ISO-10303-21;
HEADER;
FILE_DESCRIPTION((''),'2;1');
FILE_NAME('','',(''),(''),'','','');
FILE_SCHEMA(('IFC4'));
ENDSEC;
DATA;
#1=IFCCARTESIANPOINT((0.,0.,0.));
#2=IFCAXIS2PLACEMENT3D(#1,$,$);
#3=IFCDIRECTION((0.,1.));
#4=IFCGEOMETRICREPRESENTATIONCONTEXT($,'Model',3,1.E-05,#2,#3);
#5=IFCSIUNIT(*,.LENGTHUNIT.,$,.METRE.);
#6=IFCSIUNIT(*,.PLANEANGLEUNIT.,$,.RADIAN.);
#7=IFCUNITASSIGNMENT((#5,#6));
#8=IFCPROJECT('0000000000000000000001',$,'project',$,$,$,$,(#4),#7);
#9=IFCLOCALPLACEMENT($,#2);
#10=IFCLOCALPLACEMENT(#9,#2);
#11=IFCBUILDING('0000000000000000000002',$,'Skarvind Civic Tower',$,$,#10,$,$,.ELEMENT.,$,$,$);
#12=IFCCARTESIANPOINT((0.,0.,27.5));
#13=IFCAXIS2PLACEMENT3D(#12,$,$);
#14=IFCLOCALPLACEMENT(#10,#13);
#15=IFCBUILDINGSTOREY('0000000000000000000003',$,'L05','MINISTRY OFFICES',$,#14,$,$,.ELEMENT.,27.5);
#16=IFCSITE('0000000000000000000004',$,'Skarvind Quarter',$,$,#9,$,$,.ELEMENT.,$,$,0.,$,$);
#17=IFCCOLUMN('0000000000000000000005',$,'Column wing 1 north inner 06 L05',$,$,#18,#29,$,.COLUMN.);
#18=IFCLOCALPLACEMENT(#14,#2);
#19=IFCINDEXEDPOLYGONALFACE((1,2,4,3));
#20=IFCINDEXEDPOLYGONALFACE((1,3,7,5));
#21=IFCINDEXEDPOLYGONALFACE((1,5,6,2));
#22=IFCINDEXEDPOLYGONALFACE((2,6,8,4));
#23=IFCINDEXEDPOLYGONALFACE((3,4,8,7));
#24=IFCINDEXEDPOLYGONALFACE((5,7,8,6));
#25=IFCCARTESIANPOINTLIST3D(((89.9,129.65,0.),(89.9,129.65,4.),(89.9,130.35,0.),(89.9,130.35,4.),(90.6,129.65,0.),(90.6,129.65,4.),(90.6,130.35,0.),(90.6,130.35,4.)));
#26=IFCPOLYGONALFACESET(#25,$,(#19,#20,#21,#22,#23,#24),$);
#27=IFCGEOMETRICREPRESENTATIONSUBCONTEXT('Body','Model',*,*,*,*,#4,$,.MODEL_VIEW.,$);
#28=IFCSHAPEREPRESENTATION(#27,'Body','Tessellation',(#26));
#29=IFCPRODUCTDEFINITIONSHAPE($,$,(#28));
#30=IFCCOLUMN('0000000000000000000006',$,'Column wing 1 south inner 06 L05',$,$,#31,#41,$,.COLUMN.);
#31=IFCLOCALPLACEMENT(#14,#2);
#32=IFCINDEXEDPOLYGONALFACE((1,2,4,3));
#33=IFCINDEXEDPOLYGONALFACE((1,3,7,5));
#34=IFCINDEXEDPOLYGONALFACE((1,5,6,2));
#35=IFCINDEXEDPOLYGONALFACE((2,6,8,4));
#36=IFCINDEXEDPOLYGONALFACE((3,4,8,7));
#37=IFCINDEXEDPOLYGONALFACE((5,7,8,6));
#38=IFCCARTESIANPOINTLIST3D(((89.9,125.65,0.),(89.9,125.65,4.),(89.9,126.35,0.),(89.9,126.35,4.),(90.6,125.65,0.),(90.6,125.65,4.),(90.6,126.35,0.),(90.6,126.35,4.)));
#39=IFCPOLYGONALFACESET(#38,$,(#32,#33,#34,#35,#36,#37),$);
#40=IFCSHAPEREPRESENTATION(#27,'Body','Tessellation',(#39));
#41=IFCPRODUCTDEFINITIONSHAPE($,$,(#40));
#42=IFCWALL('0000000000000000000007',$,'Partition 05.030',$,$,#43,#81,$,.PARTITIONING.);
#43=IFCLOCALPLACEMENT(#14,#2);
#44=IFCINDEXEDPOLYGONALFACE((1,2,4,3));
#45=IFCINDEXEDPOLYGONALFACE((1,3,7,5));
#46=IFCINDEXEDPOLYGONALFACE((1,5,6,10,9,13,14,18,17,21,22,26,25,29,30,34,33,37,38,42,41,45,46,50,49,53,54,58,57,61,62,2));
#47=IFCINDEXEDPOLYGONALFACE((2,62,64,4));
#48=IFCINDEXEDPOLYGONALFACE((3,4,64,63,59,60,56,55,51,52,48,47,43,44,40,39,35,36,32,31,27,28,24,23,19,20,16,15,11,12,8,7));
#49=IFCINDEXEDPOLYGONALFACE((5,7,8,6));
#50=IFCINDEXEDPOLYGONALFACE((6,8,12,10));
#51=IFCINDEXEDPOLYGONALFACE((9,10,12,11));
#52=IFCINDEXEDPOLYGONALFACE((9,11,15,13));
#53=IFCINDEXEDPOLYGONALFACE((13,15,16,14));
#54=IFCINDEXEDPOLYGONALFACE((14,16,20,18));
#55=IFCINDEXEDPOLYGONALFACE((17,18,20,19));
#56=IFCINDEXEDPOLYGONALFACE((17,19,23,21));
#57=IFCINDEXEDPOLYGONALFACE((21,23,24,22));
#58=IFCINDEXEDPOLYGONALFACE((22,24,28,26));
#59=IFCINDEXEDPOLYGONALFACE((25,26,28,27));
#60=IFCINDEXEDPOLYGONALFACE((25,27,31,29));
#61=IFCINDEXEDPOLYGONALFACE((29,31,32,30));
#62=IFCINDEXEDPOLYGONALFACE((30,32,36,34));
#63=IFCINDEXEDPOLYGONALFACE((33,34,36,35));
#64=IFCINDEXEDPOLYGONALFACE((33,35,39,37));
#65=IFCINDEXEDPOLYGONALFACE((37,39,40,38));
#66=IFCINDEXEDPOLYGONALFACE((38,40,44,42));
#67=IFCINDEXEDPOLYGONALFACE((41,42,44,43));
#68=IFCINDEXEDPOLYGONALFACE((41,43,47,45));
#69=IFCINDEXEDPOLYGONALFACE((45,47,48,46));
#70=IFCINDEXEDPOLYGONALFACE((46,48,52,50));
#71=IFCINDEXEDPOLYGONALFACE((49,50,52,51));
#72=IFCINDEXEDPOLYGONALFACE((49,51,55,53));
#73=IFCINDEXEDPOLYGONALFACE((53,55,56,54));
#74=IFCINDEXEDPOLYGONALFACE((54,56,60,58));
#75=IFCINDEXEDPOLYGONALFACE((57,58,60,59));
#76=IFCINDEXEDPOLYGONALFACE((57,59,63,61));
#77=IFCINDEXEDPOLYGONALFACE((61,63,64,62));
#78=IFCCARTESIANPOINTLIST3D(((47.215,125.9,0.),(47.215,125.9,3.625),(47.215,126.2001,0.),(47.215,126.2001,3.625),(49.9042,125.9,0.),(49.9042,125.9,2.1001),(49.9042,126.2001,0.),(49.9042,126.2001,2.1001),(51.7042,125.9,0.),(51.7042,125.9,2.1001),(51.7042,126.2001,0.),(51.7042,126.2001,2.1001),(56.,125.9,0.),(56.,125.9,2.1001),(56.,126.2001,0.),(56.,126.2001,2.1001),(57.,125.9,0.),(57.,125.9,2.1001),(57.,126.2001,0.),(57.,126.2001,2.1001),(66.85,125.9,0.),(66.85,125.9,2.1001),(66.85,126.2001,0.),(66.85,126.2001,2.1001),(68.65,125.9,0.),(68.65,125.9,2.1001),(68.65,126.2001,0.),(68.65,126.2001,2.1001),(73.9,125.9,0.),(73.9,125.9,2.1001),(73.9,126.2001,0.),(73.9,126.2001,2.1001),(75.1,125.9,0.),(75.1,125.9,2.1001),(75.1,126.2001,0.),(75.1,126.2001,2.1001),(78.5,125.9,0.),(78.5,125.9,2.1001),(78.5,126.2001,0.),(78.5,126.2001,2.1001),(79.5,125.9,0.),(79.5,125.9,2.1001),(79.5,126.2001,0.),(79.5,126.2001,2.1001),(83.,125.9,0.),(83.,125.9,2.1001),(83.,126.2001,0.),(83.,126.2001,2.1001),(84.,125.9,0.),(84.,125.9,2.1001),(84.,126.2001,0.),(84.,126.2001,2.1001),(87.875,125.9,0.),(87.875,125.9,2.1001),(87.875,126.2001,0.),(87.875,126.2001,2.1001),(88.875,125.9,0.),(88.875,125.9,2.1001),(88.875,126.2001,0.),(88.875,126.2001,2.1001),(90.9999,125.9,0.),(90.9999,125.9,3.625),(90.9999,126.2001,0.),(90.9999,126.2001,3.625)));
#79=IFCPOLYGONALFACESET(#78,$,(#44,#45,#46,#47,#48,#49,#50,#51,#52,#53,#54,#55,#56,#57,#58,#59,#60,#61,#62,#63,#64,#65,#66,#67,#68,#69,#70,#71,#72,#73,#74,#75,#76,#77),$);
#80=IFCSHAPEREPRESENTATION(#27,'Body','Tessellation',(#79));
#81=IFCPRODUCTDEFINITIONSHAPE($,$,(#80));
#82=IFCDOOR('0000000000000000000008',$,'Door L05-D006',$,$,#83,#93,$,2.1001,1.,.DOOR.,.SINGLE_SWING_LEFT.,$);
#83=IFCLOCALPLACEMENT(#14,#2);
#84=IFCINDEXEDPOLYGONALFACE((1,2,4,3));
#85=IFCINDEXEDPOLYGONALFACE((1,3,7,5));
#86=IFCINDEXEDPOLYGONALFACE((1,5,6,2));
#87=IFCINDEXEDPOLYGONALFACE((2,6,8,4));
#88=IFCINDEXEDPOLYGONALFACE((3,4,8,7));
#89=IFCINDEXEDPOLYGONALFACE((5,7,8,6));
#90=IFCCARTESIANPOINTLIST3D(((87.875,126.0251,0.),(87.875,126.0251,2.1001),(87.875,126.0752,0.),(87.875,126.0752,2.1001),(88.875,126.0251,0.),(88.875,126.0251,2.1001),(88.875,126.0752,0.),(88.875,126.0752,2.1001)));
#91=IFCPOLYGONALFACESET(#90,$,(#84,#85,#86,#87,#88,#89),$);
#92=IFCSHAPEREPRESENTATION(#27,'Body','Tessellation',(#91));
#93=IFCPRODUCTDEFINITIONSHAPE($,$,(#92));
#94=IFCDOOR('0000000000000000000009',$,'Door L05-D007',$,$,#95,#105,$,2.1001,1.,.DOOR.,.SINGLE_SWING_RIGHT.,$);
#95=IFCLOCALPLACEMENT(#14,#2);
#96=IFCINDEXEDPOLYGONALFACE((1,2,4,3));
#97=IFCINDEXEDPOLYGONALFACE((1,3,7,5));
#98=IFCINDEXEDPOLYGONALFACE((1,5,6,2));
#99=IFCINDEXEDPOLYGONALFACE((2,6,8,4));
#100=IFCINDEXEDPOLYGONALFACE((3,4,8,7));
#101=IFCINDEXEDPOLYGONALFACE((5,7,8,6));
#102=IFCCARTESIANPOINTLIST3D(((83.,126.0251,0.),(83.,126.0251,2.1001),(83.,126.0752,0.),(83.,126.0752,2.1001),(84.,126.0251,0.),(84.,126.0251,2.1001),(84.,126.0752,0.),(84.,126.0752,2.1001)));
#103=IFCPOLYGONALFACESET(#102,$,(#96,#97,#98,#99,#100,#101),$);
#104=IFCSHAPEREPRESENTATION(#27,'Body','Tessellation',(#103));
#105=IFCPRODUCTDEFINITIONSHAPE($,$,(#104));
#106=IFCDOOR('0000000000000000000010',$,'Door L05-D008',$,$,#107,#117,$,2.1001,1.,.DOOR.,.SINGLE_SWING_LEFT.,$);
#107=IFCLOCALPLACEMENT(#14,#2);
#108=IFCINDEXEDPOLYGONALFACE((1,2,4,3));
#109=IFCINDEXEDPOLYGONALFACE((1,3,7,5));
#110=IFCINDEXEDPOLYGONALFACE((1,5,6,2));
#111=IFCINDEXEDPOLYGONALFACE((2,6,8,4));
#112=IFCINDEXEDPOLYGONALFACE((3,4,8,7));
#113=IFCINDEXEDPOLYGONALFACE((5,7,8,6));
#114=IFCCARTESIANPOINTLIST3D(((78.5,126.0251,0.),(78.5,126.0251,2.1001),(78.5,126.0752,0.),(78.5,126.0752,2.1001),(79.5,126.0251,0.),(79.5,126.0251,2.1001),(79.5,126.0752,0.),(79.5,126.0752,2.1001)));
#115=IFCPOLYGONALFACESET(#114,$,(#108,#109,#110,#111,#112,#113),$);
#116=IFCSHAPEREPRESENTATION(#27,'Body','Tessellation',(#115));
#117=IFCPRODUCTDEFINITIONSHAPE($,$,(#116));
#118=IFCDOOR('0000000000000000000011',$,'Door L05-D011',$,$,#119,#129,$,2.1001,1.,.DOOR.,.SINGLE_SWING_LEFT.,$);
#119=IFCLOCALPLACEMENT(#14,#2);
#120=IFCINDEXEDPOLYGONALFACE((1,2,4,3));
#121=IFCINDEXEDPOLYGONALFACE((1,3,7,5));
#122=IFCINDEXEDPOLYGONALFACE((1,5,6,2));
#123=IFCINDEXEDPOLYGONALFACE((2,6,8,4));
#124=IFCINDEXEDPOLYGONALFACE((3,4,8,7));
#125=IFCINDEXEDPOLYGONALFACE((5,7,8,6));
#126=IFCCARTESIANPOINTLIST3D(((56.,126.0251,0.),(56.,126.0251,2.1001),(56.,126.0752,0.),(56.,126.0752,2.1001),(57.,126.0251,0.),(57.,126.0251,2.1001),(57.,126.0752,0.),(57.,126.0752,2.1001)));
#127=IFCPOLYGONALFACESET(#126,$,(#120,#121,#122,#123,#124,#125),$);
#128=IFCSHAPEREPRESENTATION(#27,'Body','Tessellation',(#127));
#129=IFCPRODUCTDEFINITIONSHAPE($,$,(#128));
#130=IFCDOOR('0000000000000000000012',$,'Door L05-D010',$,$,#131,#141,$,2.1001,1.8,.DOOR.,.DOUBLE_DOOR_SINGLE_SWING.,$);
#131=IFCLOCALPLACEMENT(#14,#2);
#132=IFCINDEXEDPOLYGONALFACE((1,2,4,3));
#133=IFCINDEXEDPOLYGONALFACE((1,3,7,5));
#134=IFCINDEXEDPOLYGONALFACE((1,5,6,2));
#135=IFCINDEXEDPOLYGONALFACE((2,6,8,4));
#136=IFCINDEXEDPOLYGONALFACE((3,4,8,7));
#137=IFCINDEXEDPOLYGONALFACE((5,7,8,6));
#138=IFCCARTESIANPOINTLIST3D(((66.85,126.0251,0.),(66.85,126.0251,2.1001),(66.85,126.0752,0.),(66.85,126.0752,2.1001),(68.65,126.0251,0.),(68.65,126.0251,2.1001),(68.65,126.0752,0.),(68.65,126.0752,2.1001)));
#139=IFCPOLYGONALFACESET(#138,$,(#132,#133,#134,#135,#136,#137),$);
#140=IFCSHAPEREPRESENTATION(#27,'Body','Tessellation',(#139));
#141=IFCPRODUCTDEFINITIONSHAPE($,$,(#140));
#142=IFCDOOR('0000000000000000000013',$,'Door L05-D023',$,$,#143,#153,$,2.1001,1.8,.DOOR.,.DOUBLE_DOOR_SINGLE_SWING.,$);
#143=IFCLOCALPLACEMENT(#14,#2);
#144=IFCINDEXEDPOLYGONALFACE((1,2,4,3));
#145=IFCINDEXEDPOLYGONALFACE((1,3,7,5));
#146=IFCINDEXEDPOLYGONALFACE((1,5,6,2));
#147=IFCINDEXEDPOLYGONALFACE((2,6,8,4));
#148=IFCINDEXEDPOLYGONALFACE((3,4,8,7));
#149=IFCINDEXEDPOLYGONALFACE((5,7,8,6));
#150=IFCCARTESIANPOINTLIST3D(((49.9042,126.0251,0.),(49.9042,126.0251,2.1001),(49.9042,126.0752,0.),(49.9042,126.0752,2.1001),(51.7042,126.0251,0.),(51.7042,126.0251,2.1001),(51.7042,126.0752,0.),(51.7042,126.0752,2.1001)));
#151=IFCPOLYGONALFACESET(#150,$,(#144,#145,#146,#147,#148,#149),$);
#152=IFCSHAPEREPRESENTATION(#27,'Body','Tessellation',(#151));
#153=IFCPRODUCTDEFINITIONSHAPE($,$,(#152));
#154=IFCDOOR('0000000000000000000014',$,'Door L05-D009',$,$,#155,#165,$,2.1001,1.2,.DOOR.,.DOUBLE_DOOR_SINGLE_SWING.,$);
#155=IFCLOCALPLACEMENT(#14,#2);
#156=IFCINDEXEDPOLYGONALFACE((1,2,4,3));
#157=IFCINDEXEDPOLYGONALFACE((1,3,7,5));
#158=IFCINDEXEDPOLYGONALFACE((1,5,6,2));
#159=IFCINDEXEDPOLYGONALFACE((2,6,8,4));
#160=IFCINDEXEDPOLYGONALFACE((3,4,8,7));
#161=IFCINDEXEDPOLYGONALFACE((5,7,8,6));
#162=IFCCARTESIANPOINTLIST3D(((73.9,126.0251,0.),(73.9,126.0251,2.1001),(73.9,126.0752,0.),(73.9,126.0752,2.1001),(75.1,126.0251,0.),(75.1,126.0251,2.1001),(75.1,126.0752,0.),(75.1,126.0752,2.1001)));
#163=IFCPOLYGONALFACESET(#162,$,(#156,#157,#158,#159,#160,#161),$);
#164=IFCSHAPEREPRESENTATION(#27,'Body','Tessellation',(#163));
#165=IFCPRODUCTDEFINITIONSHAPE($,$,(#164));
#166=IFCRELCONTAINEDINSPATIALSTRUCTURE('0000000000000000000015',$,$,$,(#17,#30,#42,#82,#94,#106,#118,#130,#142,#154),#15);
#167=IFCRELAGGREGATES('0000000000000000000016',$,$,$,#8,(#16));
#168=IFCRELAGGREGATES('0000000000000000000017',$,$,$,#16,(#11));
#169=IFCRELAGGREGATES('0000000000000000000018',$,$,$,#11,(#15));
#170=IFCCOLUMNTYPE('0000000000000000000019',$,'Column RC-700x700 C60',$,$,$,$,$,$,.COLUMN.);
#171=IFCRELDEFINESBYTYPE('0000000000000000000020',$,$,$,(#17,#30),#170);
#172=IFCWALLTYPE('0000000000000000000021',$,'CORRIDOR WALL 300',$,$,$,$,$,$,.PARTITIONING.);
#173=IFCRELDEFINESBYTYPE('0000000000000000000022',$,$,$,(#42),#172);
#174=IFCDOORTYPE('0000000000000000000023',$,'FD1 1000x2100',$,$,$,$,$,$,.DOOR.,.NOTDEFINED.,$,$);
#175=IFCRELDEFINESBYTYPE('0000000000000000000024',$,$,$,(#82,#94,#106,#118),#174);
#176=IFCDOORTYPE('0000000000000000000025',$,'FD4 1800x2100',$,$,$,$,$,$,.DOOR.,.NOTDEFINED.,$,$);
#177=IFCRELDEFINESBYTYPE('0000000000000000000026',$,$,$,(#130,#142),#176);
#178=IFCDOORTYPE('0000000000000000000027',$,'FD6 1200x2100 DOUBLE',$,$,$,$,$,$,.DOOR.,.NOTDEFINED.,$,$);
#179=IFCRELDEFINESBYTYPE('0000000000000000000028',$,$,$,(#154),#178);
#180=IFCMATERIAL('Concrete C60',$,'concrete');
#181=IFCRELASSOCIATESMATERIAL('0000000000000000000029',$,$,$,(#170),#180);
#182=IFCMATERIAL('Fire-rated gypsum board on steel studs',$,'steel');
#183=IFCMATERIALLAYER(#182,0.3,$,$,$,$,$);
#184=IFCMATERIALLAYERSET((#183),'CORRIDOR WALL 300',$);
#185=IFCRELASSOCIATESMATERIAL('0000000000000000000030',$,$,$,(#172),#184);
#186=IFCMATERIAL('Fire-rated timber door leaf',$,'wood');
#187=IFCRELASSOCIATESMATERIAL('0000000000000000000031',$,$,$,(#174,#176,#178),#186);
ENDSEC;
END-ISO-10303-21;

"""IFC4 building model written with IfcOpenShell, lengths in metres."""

from ifc_helpers import new_model, si_unit, direction, frame, frame_2d, origin, origin_2d, place, context, subcontext, project, spatial, rectangle, extrude, material, layer, layer_set, material_profile, profile_set, type_object, element, fill, save


model = new_model("IFC4")

# Units and contexts
model_context = context("Model", 3, precision=1e-05, world=origin(), true_north=direction((0.0, 1.0)))
body_context = subcontext(model_context, "Body", "Model", "MODEL_VIEW")
ifc_project = project(units=[si_unit("LENGTHUNIT", "METRE"), si_unit("PLANEANGLEUNIT", "RADIAN")], contexts=[model_context])

# Site, building, storey
site_placement = place(None, origin())
site = spatial("IfcSite", under=ifc_project, at=site_placement, Name="Skarvind Quarter", CompositionType="ELEMENT", RefElevation=0.0)
building_placement = place(site_placement, origin())
building = spatial("IfcBuilding", under=site, at=building_placement, Name="Skarvind Civic Tower", CompositionType="ELEMENT")
storey_placement = place(building_placement, frame((0.0, 0.0, 27.5)))
storey = spatial("IfcBuildingStorey", under=building, at=storey_placement, Name="L05", Description="MINISTRY OFFICES", CompositionType="ELEMENT", Elevation=27.5)

# Columns
ifc_material_1 = material(Name="Concrete C60", Category="concrete")
ifc_material_profile = material_profile(ifc_material_1, rectangle(XDim=0.7, YDim=0.7, at=origin_2d()), Name="RC-700x700")
ifc_profile_set = profile_set([ifc_material_profile], Name="Concrete C60")
column_type = type_object("IfcColumnType", Name="Column RC-700x700 C60", PredefinedType="COLUMN", material=ifc_profile_set)
for number, where, z_axis, x_axis, name in (
    (1, (90.25, 130.0, 0.0), (0.0, 0.0, 1.0), (1.0, 0.0, 0.0), "Column wing 1 north inner 06 L05"),
    (2, (90.25, 126.0, 0.0), (0.0, 0.0, 1.0), (1.0, 0.0, 0.0), "Column wing 1 south inner 06 L05"),
):
    element("IfcColumn", number, at=place(storey_placement, frame(where, z_axis=z_axis, x_axis=x_axis)), inside=storey, type_object=column_type, Name=name, PredefinedType="COLUMN", context=body_context, shape_type="SweptSolid", body=[
        extrude(rectangle(XDim=0.7, YDim=0.7, at=origin_2d()), origin(), (0.0, 0.0, 1.0), 4.0),
    ])

# Wall, openings, doors
ifc_material_2 = material(Name="Fire-rated gypsum board on steel studs", Category="steel")
ifc_layer_1 = layer(ifc_material_2, 0.3)
ifc_layer_set_1 = layer_set([ifc_layer_1], Name="CORRIDOR WALL 300")
wall_type_1 = type_object("IfcWallType", Name="CORRIDOR WALL 300", PredefinedType="PARTITIONING", material=ifc_layer_set_1)
wall_1_placement = place(storey_placement, frame((91.0, 126.05, 0.0), z_axis=(0.0, 0.0, 1.0), x_axis=(-1.0, 0.0, 0.0)))
wall_1 = element("IfcWall", 3, at=wall_1_placement, inside=storey, type_object=wall_type_1, Name="Partition 05.030", PredefinedType="PARTITIONING", context=body_context, shape_type="SweptSolid", body=[
    extrude(rectangle(XDim=43.7849, YDim=0.3, at=frame_2d((21.8926, 0.0))), origin(), (0.0, 0.0, 1.0), 3.625),
])
opening_1_placement = place(wall_1_placement, frame((2.125, 0.0, 0.0)))
opening_1 = element("IfcOpeningElement", 4, at=opening_1_placement, cuts=wall_1, PredefinedType="OPENING", context=body_context, shape_type="SweptSolid", body=[
    extrude(rectangle(XDim=1.0, YDim=2.1001, at=frame_2d((0.5, 1.05))), frame((0.0, 0.1599, 0.0), z_axis=(0.0, -1.0, 0.0), x_axis=(1.0, 0.0, 0.0)), (0.0, 0.0, 1.0), 0.3201),
])
opening_2_placement = place(wall_1_placement, frame((7.0, 0.0, 0.0)))
opening_2 = element("IfcOpeningElement", 5, at=opening_2_placement, cuts=wall_1, PredefinedType="OPENING", context=body_context, shape_type="SweptSolid", body=[
    extrude(rectangle(XDim=1.0, YDim=2.1001, at=frame_2d((0.5, 1.05))), frame((0.0, 0.1599, 0.0), z_axis=(0.0, -1.0, 0.0), x_axis=(1.0, 0.0, 0.0)), (0.0, 0.0, 1.0), 0.3201),
])
opening_3_placement = place(wall_1_placement, frame((11.5, 0.0, 0.0)))
opening_3 = element("IfcOpeningElement", 6, at=opening_3_placement, cuts=wall_1, PredefinedType="OPENING", context=body_context, shape_type="SweptSolid", body=[
    extrude(rectangle(XDim=1.0, YDim=2.1001, at=frame_2d((0.5, 1.05))), frame((0.0, 0.1599, 0.0), z_axis=(0.0, -1.0, 0.0), x_axis=(1.0, 0.0, 0.0)), (0.0, 0.0, 1.0), 0.3201),
])
opening_4_placement = place(wall_1_placement, frame((15.8999, 0.0, 0.0)))
opening_4 = element("IfcOpeningElement", 7, at=opening_4_placement, cuts=wall_1, PredefinedType="OPENING", context=body_context, shape_type="SweptSolid", body=[
    extrude(rectangle(XDim=1.2, YDim=2.1001, at=frame_2d((0.6001, 1.05))), frame((0.0, 0.1599, 0.0), z_axis=(0.0, -1.0, 0.0), x_axis=(1.0, 0.0, 0.0)), (0.0, 0.0, 1.0), 0.3201),
])
opening_5_placement = place(wall_1_placement, frame((22.3501, 0.0, 0.0)))
opening_5 = element("IfcOpeningElement", 8, at=opening_5_placement, cuts=wall_1, PredefinedType="OPENING", context=body_context, shape_type="SweptSolid", body=[
    extrude(rectangle(XDim=1.8, YDim=2.1001, at=frame_2d((0.8999, 1.05))), frame((0.0, 0.1599, 0.0), z_axis=(0.0, -1.0, 0.0), x_axis=(1.0, 0.0, 0.0)), (0.0, 0.0, 1.0), 0.3201),
])
opening_6_placement = place(wall_1_placement, frame((34.0, 0.0, 0.0)))
opening_6 = element("IfcOpeningElement", 9, at=opening_6_placement, cuts=wall_1, PredefinedType="OPENING", context=body_context, shape_type="SweptSolid", body=[
    extrude(rectangle(XDim=1.0, YDim=2.1001, at=frame_2d((0.5, 1.05))), frame((0.0, 0.1599, 0.0), z_axis=(0.0, -1.0, 0.0), x_axis=(1.0, 0.0, 0.0)), (0.0, 0.0, 1.0), 0.3201),
])
opening_7_placement = place(wall_1_placement, frame((39.2959, 0.0, 0.0)))
opening_7 = element("IfcOpeningElement", 10, at=opening_7_placement, cuts=wall_1, PredefinedType="OPENING", context=body_context, shape_type="SweptSolid", body=[
    extrude(rectangle(XDim=1.8, YDim=2.1001, at=frame_2d((0.8999, 1.05))), frame((0.0, 0.1599, 0.0), z_axis=(0.0, -1.0, 0.0), x_axis=(1.0, 0.0, 0.0)), (0.0, 0.0, 1.0), 0.3201),
])
ifc_material_3 = material(Name="Fire-rated timber door leaf", Category="wood")
door_type_1 = type_object("IfcDoorType", Name="FD1 1000x2100", OperationType="NOTDEFINED", PredefinedType="DOOR", material=ifc_material_3)
door_1_placement = place(opening_1_placement, origin())
door_1 = element("IfcDoor", 11, at=door_1_placement, inside=storey, type_object=door_type_1, Name="Door L05-D006", OperationType="SINGLE_SWING_LEFT", OverallHeight=2.1001, OverallWidth=1.0, PredefinedType="DOOR", context=body_context, shape_type="SweptSolid", body=[
    extrude(rectangle(XDim=1.0, YDim=2.1001, at=frame_2d((0.5, 1.05))), frame((0.0, 0.0249, 0.0), z_axis=(0.0, -1.0, 0.0), x_axis=(1.0, 0.0, 0.0)), (0.0, 0.0, 1.0), 0.05),
])
fill(opening_1, door_1)
door_2_placement = place(opening_2_placement, origin())
door_2 = element("IfcDoor", 12, at=door_2_placement, inside=storey, type_object=door_type_1, Name="Door L05-D007", OperationType="SINGLE_SWING_RIGHT", OverallHeight=2.1001, OverallWidth=1.0, PredefinedType="DOOR", context=body_context, shape_type="SweptSolid", body=[
    extrude(rectangle(XDim=1.0, YDim=2.1001, at=frame_2d((0.5, 1.05))), frame((0.0, 0.0249, 0.0), z_axis=(0.0, -1.0, 0.0), x_axis=(1.0, 0.0, 0.0)), (0.0, 0.0, 1.0), 0.05),
])
fill(opening_2, door_2)
door_3_placement = place(opening_3_placement, origin())
door_3 = element("IfcDoor", 13, at=door_3_placement, inside=storey, type_object=door_type_1, Name="Door L05-D008", OperationType="SINGLE_SWING_LEFT", OverallHeight=2.1001, OverallWidth=1.0, PredefinedType="DOOR", context=body_context, shape_type="SweptSolid", body=[
    extrude(rectangle(XDim=1.0, YDim=2.1001, at=frame_2d((0.5, 1.05))), frame((0.0, 0.0249, 0.0), z_axis=(0.0, -1.0, 0.0), x_axis=(1.0, 0.0, 0.0)), (0.0, 0.0, 1.0), 0.05),
])
fill(opening_3, door_3)
door_4_placement = place(opening_6_placement, origin())
door_4 = element("IfcDoor", 14, at=door_4_placement, inside=storey, type_object=door_type_1, Name="Door L05-D011", OperationType="SINGLE_SWING_LEFT", OverallHeight=2.1001, OverallWidth=1.0, PredefinedType="DOOR", context=body_context, shape_type="SweptSolid", body=[
    extrude(rectangle(XDim=1.0, YDim=2.1001, at=frame_2d((0.5, 1.05))), frame((0.0, 0.0249, 0.0), z_axis=(0.0, -1.0, 0.0), x_axis=(1.0, 0.0, 0.0)), (0.0, 0.0, 1.0), 0.05),
])
fill(opening_6, door_4)
door_type_2 = type_object("IfcDoorType", Name="FD4 1800x2100", OperationType="NOTDEFINED", PredefinedType="DOOR", material=ifc_material_3)
door_5_placement = place(opening_5_placement, origin())
door_5 = element("IfcDoor", 15, at=door_5_placement, inside=storey, type_object=door_type_2, Name="Door L05-D010", OperationType="DOUBLE_DOOR_SINGLE_SWING", OverallHeight=2.1001, OverallWidth=1.8, PredefinedType="DOOR", context=body_context, shape_type="SweptSolid", body=[
    extrude(rectangle(XDim=1.8, YDim=2.1001, at=frame_2d((0.8999, 1.05))), frame((0.0, 0.0249, 0.0), z_axis=(0.0, -1.0, 0.0), x_axis=(1.0, 0.0, 0.0)), (0.0, 0.0, 1.0), 0.05),
])
fill(opening_5, door_5)
door_6_placement = place(opening_7_placement, origin())
door_6 = element("IfcDoor", 16, at=door_6_placement, inside=storey, type_object=door_type_2, Name="Door L05-D023", OperationType="DOUBLE_DOOR_SINGLE_SWING", OverallHeight=2.1001, OverallWidth=1.8, PredefinedType="DOOR", context=body_context, shape_type="SweptSolid", body=[
    extrude(rectangle(XDim=1.8, YDim=2.1001, at=frame_2d((0.8999, 1.05))), frame((0.0, 0.0249, 0.0), z_axis=(0.0, -1.0, 0.0), x_axis=(1.0, 0.0, 0.0)), (0.0, 0.0, 1.0), 0.05),
])
fill(opening_7, door_6)
door_type_3 = type_object("IfcDoorType", Name="FD6 1200x2100 DOUBLE", OperationType="NOTDEFINED", PredefinedType="DOOR", material=ifc_material_3)
door_7_placement = place(opening_4_placement, origin())
door_7 = element("IfcDoor", 17, at=door_7_placement, inside=storey, type_object=door_type_3, Name="Door L05-D009", OperationType="DOUBLE_DOOR_SINGLE_SWING", OverallHeight=2.1001, OverallWidth=1.2, PredefinedType="DOOR", context=body_context, shape_type="SweptSolid", body=[
    extrude(rectangle(XDim=1.2, YDim=2.1001, at=frame_2d((0.6001, 1.05))), frame((0.0, 0.0249, 0.0), z_axis=(0.0, -1.0, 0.0), x_axis=(1.0, 0.0, 0.0)), (0.0, 0.0, 1.0), 0.05),
])
fill(opening_4, door_7)

save(model, "model.ifc")
